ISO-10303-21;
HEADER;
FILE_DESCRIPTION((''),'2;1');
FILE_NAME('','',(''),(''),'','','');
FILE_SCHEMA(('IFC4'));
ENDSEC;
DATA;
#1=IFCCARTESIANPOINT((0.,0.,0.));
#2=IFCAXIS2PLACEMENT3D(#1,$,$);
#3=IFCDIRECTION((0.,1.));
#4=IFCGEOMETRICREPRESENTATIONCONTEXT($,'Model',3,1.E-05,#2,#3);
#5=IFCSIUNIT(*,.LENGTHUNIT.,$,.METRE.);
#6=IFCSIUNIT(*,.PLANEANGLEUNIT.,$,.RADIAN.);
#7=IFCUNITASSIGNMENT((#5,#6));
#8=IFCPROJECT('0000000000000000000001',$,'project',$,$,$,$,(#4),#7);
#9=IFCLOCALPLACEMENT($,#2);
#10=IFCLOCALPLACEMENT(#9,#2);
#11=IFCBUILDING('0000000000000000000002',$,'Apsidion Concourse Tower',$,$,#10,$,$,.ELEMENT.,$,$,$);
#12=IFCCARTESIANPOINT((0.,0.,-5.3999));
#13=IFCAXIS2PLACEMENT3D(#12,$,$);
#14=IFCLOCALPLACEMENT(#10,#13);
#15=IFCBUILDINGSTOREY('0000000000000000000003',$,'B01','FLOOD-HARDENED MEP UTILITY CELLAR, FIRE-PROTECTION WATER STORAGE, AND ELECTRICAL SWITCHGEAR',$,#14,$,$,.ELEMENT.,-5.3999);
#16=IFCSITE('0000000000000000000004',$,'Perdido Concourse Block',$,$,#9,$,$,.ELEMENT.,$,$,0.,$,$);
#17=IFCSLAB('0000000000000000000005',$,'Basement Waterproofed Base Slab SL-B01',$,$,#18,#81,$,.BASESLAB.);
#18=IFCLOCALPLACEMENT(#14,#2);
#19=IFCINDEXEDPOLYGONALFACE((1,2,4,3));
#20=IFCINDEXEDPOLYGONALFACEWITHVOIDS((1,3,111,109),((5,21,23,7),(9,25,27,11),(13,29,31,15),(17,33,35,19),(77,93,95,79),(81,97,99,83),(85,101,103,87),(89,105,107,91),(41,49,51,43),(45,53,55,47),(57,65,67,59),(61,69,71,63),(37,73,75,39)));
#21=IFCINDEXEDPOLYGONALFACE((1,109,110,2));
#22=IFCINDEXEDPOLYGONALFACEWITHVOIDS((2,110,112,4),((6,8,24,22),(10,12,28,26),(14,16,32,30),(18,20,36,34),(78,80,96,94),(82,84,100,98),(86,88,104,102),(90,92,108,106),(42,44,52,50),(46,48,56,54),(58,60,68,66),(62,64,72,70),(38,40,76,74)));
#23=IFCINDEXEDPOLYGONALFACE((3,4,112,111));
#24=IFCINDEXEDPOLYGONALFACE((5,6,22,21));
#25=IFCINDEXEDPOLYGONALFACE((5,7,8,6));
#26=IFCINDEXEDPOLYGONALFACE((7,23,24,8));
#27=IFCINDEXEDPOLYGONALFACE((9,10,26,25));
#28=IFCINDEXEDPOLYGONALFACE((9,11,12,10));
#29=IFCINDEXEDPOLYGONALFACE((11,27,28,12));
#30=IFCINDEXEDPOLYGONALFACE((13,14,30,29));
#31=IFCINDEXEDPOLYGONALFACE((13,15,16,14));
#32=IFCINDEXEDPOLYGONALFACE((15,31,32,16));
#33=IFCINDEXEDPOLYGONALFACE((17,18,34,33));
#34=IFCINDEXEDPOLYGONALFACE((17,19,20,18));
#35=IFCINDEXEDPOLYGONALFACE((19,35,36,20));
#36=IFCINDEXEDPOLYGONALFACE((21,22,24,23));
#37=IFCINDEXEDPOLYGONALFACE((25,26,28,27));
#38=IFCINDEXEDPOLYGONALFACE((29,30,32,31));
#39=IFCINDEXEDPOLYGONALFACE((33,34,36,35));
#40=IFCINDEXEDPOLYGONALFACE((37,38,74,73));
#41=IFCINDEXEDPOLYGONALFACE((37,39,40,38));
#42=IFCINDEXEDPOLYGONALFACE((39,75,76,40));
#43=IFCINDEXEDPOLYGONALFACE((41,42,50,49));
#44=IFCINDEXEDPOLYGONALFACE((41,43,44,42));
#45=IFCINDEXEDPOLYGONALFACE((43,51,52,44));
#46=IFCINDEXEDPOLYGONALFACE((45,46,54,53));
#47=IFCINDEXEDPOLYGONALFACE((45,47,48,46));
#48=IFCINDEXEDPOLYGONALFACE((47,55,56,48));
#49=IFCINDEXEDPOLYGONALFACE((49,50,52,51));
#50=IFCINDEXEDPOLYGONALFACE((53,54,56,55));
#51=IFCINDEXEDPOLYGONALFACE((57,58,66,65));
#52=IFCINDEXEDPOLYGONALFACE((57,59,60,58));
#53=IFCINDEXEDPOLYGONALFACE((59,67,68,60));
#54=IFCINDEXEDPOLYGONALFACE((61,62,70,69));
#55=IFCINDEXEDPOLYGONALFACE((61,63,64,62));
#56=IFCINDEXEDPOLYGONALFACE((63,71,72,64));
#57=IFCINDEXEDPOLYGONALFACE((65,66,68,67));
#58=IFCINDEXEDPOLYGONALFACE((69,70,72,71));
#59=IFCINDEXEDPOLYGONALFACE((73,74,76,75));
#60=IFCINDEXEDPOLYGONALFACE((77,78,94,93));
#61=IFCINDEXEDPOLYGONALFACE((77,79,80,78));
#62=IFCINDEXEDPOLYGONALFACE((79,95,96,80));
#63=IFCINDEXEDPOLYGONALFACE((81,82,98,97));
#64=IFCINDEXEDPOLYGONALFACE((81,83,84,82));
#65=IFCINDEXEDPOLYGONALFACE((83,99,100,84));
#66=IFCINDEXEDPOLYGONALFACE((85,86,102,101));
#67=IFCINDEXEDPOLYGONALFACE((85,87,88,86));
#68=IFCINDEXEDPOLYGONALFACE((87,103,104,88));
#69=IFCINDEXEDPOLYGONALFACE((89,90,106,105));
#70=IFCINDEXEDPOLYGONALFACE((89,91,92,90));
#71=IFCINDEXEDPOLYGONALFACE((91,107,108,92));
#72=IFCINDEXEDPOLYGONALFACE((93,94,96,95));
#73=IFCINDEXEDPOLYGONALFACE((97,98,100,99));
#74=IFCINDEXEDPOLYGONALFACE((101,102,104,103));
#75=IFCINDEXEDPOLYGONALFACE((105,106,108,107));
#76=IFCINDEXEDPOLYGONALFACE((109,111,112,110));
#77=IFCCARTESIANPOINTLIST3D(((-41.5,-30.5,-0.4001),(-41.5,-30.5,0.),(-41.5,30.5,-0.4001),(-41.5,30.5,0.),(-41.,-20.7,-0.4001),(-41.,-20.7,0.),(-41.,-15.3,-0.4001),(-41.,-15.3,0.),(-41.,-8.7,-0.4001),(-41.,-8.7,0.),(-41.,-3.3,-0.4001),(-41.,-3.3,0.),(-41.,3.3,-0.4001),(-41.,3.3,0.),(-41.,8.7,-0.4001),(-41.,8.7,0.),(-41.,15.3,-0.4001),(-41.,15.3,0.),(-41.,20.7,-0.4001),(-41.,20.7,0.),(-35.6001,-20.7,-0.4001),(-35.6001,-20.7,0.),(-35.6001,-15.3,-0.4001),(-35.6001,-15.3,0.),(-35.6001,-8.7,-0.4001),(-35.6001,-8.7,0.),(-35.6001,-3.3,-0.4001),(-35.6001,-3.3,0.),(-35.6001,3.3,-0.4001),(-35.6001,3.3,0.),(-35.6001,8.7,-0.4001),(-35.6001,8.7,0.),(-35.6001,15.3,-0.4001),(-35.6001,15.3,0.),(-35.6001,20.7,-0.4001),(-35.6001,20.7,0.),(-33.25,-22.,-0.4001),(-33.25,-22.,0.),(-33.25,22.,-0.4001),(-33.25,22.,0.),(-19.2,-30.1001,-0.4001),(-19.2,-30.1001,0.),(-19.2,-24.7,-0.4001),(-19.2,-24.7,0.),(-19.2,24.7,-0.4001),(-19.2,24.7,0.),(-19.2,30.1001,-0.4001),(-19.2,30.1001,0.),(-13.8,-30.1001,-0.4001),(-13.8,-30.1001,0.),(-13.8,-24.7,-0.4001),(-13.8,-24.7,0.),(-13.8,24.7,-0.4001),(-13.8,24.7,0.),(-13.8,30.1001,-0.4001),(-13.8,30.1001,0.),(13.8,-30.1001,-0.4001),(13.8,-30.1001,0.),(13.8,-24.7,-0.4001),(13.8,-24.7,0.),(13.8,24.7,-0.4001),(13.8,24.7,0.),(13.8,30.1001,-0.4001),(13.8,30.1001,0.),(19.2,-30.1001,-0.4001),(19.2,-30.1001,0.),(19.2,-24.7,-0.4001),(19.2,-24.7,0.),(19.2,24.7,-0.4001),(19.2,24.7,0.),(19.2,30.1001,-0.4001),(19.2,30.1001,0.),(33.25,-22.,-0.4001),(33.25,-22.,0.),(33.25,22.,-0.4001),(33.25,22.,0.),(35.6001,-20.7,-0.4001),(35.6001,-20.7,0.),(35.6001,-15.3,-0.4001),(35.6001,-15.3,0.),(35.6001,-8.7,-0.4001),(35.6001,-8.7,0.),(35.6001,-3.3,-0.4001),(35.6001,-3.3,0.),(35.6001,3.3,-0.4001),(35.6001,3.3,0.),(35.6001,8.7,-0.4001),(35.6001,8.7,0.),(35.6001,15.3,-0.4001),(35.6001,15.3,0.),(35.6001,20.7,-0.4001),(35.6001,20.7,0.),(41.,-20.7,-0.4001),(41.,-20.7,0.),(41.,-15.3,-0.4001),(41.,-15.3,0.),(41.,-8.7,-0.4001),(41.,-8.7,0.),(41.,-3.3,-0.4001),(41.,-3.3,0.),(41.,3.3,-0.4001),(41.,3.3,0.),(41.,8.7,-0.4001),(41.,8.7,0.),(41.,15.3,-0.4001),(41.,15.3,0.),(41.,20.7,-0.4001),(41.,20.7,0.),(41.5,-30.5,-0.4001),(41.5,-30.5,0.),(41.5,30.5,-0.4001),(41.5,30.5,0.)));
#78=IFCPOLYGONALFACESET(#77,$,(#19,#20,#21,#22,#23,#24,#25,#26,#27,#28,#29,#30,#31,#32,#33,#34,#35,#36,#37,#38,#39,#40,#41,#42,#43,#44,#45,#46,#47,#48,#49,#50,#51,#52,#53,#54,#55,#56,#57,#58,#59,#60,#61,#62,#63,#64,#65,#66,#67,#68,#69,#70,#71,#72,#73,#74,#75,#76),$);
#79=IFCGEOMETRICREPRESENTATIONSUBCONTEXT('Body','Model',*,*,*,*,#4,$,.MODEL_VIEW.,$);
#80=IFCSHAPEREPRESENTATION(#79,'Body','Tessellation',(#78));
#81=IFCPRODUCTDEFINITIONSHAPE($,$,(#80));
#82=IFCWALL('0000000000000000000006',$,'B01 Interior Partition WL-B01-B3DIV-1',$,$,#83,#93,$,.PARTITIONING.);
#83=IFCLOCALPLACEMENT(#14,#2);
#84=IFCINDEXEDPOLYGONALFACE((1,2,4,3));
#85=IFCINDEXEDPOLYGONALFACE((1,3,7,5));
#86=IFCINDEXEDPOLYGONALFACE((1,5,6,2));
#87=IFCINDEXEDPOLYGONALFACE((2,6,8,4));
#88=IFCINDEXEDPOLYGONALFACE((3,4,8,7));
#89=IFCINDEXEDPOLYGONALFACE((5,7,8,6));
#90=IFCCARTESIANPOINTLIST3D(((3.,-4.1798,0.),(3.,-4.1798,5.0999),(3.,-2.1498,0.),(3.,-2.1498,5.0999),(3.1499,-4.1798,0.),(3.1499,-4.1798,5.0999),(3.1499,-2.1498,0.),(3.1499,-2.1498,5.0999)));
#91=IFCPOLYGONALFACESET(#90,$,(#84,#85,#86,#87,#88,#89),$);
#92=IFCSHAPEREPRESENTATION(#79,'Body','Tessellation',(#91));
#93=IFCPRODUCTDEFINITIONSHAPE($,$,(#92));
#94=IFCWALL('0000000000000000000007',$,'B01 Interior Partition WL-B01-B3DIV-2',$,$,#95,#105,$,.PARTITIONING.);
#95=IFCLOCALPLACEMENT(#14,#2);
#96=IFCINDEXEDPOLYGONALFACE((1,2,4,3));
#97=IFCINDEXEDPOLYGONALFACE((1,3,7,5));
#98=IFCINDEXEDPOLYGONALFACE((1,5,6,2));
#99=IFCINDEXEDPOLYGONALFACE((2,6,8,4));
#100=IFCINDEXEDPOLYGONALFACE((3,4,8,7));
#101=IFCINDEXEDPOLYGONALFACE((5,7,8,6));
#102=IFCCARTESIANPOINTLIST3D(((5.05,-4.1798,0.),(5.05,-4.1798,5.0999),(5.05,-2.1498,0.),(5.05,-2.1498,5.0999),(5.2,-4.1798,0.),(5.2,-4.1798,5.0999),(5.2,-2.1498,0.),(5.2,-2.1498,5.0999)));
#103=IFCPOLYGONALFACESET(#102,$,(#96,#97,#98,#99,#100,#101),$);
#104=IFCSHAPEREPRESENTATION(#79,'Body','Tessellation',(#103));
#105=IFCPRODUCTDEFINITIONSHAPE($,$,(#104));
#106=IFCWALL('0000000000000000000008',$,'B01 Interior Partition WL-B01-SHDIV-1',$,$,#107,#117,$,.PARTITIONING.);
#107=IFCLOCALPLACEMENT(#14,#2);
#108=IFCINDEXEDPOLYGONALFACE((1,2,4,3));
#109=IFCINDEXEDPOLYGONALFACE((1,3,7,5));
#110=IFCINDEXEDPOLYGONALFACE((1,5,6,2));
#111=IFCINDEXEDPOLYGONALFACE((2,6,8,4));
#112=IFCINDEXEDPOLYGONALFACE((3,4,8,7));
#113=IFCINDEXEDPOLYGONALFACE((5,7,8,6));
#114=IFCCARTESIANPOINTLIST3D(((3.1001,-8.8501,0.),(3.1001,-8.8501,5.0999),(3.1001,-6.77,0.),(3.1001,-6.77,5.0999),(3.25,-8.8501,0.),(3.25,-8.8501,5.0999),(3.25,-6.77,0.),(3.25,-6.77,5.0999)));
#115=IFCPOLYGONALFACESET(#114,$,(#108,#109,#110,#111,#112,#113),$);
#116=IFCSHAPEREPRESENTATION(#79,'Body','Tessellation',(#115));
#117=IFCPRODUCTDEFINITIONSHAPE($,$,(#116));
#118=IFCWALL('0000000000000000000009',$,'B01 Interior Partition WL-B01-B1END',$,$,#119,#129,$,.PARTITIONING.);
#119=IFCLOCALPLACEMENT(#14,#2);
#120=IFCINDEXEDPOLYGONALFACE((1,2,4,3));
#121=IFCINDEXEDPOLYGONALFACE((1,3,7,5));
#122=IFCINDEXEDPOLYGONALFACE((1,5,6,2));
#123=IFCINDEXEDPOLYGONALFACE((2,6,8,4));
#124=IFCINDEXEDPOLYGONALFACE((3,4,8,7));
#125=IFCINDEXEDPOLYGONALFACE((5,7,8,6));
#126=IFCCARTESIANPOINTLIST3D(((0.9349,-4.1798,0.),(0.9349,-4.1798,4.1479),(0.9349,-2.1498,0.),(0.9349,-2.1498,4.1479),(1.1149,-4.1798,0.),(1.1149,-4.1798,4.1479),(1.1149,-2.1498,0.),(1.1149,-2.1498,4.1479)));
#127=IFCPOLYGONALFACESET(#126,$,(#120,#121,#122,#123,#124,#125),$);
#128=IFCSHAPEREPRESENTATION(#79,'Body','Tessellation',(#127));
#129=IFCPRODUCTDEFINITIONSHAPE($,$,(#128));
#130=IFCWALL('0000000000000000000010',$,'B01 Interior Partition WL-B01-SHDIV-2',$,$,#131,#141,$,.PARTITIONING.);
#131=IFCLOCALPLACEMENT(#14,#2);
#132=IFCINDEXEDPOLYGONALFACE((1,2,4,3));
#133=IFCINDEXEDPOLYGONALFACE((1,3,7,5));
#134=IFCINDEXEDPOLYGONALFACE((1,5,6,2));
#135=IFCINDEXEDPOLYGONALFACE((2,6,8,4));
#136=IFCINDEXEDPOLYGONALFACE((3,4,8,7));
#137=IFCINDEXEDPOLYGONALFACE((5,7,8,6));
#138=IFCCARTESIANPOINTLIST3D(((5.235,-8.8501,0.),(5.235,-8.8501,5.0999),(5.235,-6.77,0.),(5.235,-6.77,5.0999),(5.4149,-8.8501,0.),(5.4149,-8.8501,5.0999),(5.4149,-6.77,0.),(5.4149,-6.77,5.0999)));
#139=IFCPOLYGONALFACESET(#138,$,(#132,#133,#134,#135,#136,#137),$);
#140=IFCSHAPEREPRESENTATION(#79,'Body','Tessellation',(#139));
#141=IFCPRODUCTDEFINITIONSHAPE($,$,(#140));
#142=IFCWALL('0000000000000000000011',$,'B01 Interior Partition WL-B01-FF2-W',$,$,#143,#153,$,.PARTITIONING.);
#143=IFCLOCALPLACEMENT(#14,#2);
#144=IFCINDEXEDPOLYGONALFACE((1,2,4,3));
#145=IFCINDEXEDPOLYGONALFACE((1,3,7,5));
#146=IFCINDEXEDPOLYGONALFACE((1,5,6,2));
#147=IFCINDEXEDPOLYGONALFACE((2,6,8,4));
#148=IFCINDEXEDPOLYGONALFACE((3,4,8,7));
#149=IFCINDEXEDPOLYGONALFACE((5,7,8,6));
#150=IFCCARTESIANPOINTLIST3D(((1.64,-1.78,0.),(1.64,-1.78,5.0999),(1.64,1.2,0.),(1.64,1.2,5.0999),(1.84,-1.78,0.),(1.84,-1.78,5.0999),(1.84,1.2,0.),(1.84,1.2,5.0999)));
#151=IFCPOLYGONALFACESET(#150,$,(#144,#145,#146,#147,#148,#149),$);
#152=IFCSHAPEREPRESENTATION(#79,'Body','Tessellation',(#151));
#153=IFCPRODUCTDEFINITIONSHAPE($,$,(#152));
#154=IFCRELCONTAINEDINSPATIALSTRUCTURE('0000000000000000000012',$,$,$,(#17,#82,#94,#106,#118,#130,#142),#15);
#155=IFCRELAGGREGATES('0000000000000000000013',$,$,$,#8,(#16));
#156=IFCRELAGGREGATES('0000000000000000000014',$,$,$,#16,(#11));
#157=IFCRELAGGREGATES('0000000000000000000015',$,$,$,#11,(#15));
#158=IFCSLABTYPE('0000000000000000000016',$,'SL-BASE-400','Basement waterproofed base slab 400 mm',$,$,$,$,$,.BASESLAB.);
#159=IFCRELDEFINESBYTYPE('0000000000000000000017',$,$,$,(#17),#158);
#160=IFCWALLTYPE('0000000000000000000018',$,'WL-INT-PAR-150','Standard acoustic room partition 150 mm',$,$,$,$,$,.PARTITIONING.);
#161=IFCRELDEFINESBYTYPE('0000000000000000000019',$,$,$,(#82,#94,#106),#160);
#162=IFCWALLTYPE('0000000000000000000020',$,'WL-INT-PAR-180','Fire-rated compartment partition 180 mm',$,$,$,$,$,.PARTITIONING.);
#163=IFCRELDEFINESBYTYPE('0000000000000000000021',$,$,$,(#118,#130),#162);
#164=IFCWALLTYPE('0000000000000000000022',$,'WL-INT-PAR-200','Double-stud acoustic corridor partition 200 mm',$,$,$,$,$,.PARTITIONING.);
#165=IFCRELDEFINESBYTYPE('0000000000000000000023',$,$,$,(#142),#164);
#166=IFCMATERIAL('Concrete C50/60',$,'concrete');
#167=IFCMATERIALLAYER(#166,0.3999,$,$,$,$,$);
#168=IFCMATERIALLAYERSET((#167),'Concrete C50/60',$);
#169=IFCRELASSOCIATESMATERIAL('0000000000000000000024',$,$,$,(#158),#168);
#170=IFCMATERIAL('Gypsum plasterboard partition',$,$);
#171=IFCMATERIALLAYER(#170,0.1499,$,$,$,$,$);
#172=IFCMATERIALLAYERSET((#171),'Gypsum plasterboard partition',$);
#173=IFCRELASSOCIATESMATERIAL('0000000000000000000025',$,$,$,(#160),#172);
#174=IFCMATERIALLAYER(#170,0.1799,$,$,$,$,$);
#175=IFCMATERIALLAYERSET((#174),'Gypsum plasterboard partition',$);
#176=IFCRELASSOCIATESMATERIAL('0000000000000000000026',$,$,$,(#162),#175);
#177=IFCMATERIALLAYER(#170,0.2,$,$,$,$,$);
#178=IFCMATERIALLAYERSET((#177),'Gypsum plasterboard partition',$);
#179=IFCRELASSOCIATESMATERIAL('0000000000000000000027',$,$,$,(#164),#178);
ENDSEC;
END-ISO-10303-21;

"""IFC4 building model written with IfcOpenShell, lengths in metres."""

from ifc_helpers import new_model, si_unit, direction, frame, frame_2d, origin, place, context, subcontext, project, spatial, polyline, rectangle, outline, extrude, material, layer, layer_set, type_object, element, save


model = new_model("IFC4")

# Units and contexts
model_context = context("Model", 3, precision=1e-05, world=origin(), true_north=direction((0.0, 1.0)))
body_context = subcontext(model_context, "Body", "Model", "MODEL_VIEW")
ifc_project = project(units=[si_unit("LENGTHUNIT", "METRE"), si_unit("PLANEANGLEUNIT", "RADIAN")], contexts=[model_context])

# Site, building, storey
site_placement = place(None, origin())
site = spatial("IfcSite", under=ifc_project, at=site_placement, Name="Perdido Concourse Block", CompositionType="ELEMENT", RefElevation=0.0)
building_placement = place(site_placement, origin())
building = spatial("IfcBuilding", under=site, at=building_placement, Name="Apsidion Concourse Tower", CompositionType="ELEMENT")
storey_placement = place(building_placement, frame((0.0, 0.0, -5.3999)))
storey = spatial("IfcBuildingStorey", under=building, at=storey_placement, Name="B01", Description="FLOOD-HARDENED MEP UTILITY CELLAR, FIRE-PROTECTION WATER STORAGE, AND ELECTRICAL SWITCHGEAR", CompositionType="ELEMENT", Elevation=-5.3999)

# Shared definitions
ifc_material_1 = material(Name="Concrete C50/60", Category="concrete")

# Slab
ifc_layer_1 = layer(ifc_material_1, 0.3999)
ifc_layer_set_1 = layer_set([ifc_layer_1], Name="Concrete C50/60")
slab_type = type_object("IfcSlabType", Name="SL-BASE-400", Description="Basement waterproofed base slab 400 mm", PredefinedType="BASESLAB", material=ifc_layer_set_1)
slab_placement = place(storey_placement, frame((0.0, 0.0, -0.4001)))
element("IfcSlab", 1, at=slab_placement, inside=storey, type_object=slab_type, Name="Basement Waterproofed Base Slab SL-B01", PredefinedType="BASESLAB", context=body_context, shape_type="SweptSolid", body=[
    extrude(outline(polyline([(-41.5, -30.5), (41.5, -30.5), (41.5, 30.5), (-41.5, 30.5), (-41.5, -30.5)]), holes=[polyline([(-33.25, -22.0), (33.25, -22.0), (33.25, 22.0), (-33.25, 22.0), (-33.25, -22.0)]), polyline([(-41.0, -20.7), (-35.6001, -20.7), (-35.6001, -15.3), (-41.0, -15.3), (-41.0, -20.7)]), polyline([(-41.0, -8.7), (-35.6001, -8.7), (-35.6001, -3.3), (-41.0, -3.3), (-41.0, -8.7)]), polyline([(-41.0, 3.3), (-35.6001, 3.3), (-35.6001, 8.7), (-41.0, 8.7), (-41.0, 3.3)]), polyline([(-41.0, 15.3), (-35.6001, 15.3), (-35.6001, 20.7), (-41.0, 20.7), (-41.0, 15.3)]), polyline([(35.6001, -20.7), (41.0, -20.7), (41.0, -15.3), (35.6001, -15.3), (35.6001, -20.7)]), polyline([(35.6001, -8.7), (41.0, -8.7), (41.0, -3.3), (35.6001, -3.3), (35.6001, -8.7)]), polyline([(35.6001, 3.3), (41.0, 3.3), (41.0, 8.7), (35.6001, 8.7), (35.6001, 3.3)]), polyline([(35.6001, 15.3), (41.0, 15.3), (41.0, 20.7), (35.6001, 20.7), (35.6001, 15.3)]), polyline([(-19.2, -30.1001), (-13.8, -30.1001), (-13.8, -24.7), (-19.2, -24.7), (-19.2, -30.1001)]), polyline([(13.8, -30.1001), (19.2, -30.1001), (19.2, -24.7), (13.8, -24.7), (13.8, -30.1001)]), polyline([(-19.2, 24.7), (-13.8, 24.7), (-13.8, 30.1001), (-19.2, 30.1001), (-19.2, 24.7)]), polyline([(13.8, 24.7), (19.2, 24.7), (19.2, 30.1001), (13.8, 30.1001), (13.8, 24.7)])]), origin(), (0.0, 0.0, 1.0), 0.4001),
])

# Walls
ifc_material_2 = material(Name="Gypsum plasterboard partition")
ifc_layer_2 = layer(ifc_material_2, 0.1499)
ifc_layer_set_2 = layer_set([ifc_layer_2], Name="Gypsum plasterboard partition")
wall_type_1 = type_object("IfcWallType", Name="WL-INT-PAR-150", Description="Standard acoustic room partition 150 mm", PredefinedType="PARTITIONING", material=ifc_layer_set_2)
for number, where, z_axis, x_axis, name in (
    (2, (3.075, -4.1799, 0.0), (0.0, 0.0, 1.0), (0.0, 1.0, 0.0), "B01 Interior Partition WL-B01-B3DIV-1"),
    (3, (5.125, -4.1799, 0.0), (0.0, 0.0, 1.0), (0.0, 1.0, 0.0), "B01 Interior Partition WL-B01-B3DIV-2"),
):
    element("IfcWall", number, at=place(storey_placement, frame(where, z_axis=z_axis, x_axis=x_axis)), inside=storey, type_object=wall_type_1, Name=name, PredefinedType="PARTITIONING", context=body_context, shape_type="SweptSolid", body=[
        extrude(rectangle(XDim=2.03, YDim=0.1499, at=frame_2d((1.0151, 0.0))), origin(), (0.0, 0.0, 1.0), 5.0999),
    ])
wall_1_placement = place(storey_placement, frame((3.175, -8.8501, 0.0), z_axis=(0.0, 0.0, 1.0), x_axis=(0.0, 1.0, 0.0)))
element("IfcWall", 4, at=wall_1_placement, inside=storey, type_object=wall_type_1, Name="B01 Interior Partition WL-B01-SHDIV-1", PredefinedType="PARTITIONING", context=body_context, shape_type="SweptSolid", body=[
    extrude(rectangle(XDim=2.0801, YDim=0.1499, at=frame_2d((1.04, 0.0))), origin(), (0.0, 0.0, 1.0), 5.0999),
])
ifc_layer_3 = layer(ifc_material_2, 0.1799)
ifc_layer_set_3 = layer_set([ifc_layer_3], Name="Gypsum plasterboard partition")
wall_type_2 = type_object("IfcWallType", Name="WL-INT-PAR-180", Description="Fire-rated compartment partition 180 mm", PredefinedType="PARTITIONING", material=ifc_layer_set_3)
wall_2_placement = place(storey_placement, frame((1.0249, -4.1799, 0.0), z_axis=(0.0, 0.0, 1.0), x_axis=(0.0, 1.0, 0.0)))
element("IfcWall", 5, at=wall_2_placement, inside=storey, type_object=wall_type_2, Name="B01 Interior Partition WL-B01-B1END", PredefinedType="PARTITIONING", context=body_context, shape_type="SweptSolid", body=[
    extrude(rectangle(XDim=2.03, YDim=0.1799, at=frame_2d((1.0151, 0.0))), origin(), (0.0, 0.0, 1.0), 4.1479),
])
wall_3_placement = place(storey_placement, frame((5.325, -8.8501, 0.0), z_axis=(0.0, 0.0, 1.0), x_axis=(0.0, 1.0, 0.0)))
element("IfcWall", 6, at=wall_3_placement, inside=storey, type_object=wall_type_2, Name="B01 Interior Partition WL-B01-SHDIV-2", PredefinedType="PARTITIONING", context=body_context, shape_type="SweptSolid", body=[
    extrude(rectangle(XDim=2.0801, YDim=0.1799, at=frame_2d((1.04, 0.0))), origin(), (0.0, 0.0, 1.0), 5.0999),
])
ifc_layer_4 = layer(ifc_material_2, 0.2)
ifc_layer_set_4 = layer_set([ifc_layer_4], Name="Gypsum plasterboard partition")
wall_type_3 = type_object("IfcWallType", Name="WL-INT-PAR-200", Description="Double-stud acoustic corridor partition 200 mm", PredefinedType="PARTITIONING", material=ifc_layer_set_4)
wall_4_placement = place(storey_placement, frame((1.74, -1.78, 0.0), z_axis=(0.0, 0.0, 1.0), x_axis=(0.0, 1.0, 0.0)))
element("IfcWall", 7, at=wall_4_placement, inside=storey, type_object=wall_type_3, Name="B01 Interior Partition WL-B01-FF2-W", PredefinedType="PARTITIONING", context=body_context, shape_type="SweptSolid", body=[
    extrude(rectangle(XDim=2.98, YDim=0.2, at=frame_2d((1.49, 0.0))), origin(), (0.0, 0.0, 1.0), 5.0999),
])

save(model, "model.ifc")
